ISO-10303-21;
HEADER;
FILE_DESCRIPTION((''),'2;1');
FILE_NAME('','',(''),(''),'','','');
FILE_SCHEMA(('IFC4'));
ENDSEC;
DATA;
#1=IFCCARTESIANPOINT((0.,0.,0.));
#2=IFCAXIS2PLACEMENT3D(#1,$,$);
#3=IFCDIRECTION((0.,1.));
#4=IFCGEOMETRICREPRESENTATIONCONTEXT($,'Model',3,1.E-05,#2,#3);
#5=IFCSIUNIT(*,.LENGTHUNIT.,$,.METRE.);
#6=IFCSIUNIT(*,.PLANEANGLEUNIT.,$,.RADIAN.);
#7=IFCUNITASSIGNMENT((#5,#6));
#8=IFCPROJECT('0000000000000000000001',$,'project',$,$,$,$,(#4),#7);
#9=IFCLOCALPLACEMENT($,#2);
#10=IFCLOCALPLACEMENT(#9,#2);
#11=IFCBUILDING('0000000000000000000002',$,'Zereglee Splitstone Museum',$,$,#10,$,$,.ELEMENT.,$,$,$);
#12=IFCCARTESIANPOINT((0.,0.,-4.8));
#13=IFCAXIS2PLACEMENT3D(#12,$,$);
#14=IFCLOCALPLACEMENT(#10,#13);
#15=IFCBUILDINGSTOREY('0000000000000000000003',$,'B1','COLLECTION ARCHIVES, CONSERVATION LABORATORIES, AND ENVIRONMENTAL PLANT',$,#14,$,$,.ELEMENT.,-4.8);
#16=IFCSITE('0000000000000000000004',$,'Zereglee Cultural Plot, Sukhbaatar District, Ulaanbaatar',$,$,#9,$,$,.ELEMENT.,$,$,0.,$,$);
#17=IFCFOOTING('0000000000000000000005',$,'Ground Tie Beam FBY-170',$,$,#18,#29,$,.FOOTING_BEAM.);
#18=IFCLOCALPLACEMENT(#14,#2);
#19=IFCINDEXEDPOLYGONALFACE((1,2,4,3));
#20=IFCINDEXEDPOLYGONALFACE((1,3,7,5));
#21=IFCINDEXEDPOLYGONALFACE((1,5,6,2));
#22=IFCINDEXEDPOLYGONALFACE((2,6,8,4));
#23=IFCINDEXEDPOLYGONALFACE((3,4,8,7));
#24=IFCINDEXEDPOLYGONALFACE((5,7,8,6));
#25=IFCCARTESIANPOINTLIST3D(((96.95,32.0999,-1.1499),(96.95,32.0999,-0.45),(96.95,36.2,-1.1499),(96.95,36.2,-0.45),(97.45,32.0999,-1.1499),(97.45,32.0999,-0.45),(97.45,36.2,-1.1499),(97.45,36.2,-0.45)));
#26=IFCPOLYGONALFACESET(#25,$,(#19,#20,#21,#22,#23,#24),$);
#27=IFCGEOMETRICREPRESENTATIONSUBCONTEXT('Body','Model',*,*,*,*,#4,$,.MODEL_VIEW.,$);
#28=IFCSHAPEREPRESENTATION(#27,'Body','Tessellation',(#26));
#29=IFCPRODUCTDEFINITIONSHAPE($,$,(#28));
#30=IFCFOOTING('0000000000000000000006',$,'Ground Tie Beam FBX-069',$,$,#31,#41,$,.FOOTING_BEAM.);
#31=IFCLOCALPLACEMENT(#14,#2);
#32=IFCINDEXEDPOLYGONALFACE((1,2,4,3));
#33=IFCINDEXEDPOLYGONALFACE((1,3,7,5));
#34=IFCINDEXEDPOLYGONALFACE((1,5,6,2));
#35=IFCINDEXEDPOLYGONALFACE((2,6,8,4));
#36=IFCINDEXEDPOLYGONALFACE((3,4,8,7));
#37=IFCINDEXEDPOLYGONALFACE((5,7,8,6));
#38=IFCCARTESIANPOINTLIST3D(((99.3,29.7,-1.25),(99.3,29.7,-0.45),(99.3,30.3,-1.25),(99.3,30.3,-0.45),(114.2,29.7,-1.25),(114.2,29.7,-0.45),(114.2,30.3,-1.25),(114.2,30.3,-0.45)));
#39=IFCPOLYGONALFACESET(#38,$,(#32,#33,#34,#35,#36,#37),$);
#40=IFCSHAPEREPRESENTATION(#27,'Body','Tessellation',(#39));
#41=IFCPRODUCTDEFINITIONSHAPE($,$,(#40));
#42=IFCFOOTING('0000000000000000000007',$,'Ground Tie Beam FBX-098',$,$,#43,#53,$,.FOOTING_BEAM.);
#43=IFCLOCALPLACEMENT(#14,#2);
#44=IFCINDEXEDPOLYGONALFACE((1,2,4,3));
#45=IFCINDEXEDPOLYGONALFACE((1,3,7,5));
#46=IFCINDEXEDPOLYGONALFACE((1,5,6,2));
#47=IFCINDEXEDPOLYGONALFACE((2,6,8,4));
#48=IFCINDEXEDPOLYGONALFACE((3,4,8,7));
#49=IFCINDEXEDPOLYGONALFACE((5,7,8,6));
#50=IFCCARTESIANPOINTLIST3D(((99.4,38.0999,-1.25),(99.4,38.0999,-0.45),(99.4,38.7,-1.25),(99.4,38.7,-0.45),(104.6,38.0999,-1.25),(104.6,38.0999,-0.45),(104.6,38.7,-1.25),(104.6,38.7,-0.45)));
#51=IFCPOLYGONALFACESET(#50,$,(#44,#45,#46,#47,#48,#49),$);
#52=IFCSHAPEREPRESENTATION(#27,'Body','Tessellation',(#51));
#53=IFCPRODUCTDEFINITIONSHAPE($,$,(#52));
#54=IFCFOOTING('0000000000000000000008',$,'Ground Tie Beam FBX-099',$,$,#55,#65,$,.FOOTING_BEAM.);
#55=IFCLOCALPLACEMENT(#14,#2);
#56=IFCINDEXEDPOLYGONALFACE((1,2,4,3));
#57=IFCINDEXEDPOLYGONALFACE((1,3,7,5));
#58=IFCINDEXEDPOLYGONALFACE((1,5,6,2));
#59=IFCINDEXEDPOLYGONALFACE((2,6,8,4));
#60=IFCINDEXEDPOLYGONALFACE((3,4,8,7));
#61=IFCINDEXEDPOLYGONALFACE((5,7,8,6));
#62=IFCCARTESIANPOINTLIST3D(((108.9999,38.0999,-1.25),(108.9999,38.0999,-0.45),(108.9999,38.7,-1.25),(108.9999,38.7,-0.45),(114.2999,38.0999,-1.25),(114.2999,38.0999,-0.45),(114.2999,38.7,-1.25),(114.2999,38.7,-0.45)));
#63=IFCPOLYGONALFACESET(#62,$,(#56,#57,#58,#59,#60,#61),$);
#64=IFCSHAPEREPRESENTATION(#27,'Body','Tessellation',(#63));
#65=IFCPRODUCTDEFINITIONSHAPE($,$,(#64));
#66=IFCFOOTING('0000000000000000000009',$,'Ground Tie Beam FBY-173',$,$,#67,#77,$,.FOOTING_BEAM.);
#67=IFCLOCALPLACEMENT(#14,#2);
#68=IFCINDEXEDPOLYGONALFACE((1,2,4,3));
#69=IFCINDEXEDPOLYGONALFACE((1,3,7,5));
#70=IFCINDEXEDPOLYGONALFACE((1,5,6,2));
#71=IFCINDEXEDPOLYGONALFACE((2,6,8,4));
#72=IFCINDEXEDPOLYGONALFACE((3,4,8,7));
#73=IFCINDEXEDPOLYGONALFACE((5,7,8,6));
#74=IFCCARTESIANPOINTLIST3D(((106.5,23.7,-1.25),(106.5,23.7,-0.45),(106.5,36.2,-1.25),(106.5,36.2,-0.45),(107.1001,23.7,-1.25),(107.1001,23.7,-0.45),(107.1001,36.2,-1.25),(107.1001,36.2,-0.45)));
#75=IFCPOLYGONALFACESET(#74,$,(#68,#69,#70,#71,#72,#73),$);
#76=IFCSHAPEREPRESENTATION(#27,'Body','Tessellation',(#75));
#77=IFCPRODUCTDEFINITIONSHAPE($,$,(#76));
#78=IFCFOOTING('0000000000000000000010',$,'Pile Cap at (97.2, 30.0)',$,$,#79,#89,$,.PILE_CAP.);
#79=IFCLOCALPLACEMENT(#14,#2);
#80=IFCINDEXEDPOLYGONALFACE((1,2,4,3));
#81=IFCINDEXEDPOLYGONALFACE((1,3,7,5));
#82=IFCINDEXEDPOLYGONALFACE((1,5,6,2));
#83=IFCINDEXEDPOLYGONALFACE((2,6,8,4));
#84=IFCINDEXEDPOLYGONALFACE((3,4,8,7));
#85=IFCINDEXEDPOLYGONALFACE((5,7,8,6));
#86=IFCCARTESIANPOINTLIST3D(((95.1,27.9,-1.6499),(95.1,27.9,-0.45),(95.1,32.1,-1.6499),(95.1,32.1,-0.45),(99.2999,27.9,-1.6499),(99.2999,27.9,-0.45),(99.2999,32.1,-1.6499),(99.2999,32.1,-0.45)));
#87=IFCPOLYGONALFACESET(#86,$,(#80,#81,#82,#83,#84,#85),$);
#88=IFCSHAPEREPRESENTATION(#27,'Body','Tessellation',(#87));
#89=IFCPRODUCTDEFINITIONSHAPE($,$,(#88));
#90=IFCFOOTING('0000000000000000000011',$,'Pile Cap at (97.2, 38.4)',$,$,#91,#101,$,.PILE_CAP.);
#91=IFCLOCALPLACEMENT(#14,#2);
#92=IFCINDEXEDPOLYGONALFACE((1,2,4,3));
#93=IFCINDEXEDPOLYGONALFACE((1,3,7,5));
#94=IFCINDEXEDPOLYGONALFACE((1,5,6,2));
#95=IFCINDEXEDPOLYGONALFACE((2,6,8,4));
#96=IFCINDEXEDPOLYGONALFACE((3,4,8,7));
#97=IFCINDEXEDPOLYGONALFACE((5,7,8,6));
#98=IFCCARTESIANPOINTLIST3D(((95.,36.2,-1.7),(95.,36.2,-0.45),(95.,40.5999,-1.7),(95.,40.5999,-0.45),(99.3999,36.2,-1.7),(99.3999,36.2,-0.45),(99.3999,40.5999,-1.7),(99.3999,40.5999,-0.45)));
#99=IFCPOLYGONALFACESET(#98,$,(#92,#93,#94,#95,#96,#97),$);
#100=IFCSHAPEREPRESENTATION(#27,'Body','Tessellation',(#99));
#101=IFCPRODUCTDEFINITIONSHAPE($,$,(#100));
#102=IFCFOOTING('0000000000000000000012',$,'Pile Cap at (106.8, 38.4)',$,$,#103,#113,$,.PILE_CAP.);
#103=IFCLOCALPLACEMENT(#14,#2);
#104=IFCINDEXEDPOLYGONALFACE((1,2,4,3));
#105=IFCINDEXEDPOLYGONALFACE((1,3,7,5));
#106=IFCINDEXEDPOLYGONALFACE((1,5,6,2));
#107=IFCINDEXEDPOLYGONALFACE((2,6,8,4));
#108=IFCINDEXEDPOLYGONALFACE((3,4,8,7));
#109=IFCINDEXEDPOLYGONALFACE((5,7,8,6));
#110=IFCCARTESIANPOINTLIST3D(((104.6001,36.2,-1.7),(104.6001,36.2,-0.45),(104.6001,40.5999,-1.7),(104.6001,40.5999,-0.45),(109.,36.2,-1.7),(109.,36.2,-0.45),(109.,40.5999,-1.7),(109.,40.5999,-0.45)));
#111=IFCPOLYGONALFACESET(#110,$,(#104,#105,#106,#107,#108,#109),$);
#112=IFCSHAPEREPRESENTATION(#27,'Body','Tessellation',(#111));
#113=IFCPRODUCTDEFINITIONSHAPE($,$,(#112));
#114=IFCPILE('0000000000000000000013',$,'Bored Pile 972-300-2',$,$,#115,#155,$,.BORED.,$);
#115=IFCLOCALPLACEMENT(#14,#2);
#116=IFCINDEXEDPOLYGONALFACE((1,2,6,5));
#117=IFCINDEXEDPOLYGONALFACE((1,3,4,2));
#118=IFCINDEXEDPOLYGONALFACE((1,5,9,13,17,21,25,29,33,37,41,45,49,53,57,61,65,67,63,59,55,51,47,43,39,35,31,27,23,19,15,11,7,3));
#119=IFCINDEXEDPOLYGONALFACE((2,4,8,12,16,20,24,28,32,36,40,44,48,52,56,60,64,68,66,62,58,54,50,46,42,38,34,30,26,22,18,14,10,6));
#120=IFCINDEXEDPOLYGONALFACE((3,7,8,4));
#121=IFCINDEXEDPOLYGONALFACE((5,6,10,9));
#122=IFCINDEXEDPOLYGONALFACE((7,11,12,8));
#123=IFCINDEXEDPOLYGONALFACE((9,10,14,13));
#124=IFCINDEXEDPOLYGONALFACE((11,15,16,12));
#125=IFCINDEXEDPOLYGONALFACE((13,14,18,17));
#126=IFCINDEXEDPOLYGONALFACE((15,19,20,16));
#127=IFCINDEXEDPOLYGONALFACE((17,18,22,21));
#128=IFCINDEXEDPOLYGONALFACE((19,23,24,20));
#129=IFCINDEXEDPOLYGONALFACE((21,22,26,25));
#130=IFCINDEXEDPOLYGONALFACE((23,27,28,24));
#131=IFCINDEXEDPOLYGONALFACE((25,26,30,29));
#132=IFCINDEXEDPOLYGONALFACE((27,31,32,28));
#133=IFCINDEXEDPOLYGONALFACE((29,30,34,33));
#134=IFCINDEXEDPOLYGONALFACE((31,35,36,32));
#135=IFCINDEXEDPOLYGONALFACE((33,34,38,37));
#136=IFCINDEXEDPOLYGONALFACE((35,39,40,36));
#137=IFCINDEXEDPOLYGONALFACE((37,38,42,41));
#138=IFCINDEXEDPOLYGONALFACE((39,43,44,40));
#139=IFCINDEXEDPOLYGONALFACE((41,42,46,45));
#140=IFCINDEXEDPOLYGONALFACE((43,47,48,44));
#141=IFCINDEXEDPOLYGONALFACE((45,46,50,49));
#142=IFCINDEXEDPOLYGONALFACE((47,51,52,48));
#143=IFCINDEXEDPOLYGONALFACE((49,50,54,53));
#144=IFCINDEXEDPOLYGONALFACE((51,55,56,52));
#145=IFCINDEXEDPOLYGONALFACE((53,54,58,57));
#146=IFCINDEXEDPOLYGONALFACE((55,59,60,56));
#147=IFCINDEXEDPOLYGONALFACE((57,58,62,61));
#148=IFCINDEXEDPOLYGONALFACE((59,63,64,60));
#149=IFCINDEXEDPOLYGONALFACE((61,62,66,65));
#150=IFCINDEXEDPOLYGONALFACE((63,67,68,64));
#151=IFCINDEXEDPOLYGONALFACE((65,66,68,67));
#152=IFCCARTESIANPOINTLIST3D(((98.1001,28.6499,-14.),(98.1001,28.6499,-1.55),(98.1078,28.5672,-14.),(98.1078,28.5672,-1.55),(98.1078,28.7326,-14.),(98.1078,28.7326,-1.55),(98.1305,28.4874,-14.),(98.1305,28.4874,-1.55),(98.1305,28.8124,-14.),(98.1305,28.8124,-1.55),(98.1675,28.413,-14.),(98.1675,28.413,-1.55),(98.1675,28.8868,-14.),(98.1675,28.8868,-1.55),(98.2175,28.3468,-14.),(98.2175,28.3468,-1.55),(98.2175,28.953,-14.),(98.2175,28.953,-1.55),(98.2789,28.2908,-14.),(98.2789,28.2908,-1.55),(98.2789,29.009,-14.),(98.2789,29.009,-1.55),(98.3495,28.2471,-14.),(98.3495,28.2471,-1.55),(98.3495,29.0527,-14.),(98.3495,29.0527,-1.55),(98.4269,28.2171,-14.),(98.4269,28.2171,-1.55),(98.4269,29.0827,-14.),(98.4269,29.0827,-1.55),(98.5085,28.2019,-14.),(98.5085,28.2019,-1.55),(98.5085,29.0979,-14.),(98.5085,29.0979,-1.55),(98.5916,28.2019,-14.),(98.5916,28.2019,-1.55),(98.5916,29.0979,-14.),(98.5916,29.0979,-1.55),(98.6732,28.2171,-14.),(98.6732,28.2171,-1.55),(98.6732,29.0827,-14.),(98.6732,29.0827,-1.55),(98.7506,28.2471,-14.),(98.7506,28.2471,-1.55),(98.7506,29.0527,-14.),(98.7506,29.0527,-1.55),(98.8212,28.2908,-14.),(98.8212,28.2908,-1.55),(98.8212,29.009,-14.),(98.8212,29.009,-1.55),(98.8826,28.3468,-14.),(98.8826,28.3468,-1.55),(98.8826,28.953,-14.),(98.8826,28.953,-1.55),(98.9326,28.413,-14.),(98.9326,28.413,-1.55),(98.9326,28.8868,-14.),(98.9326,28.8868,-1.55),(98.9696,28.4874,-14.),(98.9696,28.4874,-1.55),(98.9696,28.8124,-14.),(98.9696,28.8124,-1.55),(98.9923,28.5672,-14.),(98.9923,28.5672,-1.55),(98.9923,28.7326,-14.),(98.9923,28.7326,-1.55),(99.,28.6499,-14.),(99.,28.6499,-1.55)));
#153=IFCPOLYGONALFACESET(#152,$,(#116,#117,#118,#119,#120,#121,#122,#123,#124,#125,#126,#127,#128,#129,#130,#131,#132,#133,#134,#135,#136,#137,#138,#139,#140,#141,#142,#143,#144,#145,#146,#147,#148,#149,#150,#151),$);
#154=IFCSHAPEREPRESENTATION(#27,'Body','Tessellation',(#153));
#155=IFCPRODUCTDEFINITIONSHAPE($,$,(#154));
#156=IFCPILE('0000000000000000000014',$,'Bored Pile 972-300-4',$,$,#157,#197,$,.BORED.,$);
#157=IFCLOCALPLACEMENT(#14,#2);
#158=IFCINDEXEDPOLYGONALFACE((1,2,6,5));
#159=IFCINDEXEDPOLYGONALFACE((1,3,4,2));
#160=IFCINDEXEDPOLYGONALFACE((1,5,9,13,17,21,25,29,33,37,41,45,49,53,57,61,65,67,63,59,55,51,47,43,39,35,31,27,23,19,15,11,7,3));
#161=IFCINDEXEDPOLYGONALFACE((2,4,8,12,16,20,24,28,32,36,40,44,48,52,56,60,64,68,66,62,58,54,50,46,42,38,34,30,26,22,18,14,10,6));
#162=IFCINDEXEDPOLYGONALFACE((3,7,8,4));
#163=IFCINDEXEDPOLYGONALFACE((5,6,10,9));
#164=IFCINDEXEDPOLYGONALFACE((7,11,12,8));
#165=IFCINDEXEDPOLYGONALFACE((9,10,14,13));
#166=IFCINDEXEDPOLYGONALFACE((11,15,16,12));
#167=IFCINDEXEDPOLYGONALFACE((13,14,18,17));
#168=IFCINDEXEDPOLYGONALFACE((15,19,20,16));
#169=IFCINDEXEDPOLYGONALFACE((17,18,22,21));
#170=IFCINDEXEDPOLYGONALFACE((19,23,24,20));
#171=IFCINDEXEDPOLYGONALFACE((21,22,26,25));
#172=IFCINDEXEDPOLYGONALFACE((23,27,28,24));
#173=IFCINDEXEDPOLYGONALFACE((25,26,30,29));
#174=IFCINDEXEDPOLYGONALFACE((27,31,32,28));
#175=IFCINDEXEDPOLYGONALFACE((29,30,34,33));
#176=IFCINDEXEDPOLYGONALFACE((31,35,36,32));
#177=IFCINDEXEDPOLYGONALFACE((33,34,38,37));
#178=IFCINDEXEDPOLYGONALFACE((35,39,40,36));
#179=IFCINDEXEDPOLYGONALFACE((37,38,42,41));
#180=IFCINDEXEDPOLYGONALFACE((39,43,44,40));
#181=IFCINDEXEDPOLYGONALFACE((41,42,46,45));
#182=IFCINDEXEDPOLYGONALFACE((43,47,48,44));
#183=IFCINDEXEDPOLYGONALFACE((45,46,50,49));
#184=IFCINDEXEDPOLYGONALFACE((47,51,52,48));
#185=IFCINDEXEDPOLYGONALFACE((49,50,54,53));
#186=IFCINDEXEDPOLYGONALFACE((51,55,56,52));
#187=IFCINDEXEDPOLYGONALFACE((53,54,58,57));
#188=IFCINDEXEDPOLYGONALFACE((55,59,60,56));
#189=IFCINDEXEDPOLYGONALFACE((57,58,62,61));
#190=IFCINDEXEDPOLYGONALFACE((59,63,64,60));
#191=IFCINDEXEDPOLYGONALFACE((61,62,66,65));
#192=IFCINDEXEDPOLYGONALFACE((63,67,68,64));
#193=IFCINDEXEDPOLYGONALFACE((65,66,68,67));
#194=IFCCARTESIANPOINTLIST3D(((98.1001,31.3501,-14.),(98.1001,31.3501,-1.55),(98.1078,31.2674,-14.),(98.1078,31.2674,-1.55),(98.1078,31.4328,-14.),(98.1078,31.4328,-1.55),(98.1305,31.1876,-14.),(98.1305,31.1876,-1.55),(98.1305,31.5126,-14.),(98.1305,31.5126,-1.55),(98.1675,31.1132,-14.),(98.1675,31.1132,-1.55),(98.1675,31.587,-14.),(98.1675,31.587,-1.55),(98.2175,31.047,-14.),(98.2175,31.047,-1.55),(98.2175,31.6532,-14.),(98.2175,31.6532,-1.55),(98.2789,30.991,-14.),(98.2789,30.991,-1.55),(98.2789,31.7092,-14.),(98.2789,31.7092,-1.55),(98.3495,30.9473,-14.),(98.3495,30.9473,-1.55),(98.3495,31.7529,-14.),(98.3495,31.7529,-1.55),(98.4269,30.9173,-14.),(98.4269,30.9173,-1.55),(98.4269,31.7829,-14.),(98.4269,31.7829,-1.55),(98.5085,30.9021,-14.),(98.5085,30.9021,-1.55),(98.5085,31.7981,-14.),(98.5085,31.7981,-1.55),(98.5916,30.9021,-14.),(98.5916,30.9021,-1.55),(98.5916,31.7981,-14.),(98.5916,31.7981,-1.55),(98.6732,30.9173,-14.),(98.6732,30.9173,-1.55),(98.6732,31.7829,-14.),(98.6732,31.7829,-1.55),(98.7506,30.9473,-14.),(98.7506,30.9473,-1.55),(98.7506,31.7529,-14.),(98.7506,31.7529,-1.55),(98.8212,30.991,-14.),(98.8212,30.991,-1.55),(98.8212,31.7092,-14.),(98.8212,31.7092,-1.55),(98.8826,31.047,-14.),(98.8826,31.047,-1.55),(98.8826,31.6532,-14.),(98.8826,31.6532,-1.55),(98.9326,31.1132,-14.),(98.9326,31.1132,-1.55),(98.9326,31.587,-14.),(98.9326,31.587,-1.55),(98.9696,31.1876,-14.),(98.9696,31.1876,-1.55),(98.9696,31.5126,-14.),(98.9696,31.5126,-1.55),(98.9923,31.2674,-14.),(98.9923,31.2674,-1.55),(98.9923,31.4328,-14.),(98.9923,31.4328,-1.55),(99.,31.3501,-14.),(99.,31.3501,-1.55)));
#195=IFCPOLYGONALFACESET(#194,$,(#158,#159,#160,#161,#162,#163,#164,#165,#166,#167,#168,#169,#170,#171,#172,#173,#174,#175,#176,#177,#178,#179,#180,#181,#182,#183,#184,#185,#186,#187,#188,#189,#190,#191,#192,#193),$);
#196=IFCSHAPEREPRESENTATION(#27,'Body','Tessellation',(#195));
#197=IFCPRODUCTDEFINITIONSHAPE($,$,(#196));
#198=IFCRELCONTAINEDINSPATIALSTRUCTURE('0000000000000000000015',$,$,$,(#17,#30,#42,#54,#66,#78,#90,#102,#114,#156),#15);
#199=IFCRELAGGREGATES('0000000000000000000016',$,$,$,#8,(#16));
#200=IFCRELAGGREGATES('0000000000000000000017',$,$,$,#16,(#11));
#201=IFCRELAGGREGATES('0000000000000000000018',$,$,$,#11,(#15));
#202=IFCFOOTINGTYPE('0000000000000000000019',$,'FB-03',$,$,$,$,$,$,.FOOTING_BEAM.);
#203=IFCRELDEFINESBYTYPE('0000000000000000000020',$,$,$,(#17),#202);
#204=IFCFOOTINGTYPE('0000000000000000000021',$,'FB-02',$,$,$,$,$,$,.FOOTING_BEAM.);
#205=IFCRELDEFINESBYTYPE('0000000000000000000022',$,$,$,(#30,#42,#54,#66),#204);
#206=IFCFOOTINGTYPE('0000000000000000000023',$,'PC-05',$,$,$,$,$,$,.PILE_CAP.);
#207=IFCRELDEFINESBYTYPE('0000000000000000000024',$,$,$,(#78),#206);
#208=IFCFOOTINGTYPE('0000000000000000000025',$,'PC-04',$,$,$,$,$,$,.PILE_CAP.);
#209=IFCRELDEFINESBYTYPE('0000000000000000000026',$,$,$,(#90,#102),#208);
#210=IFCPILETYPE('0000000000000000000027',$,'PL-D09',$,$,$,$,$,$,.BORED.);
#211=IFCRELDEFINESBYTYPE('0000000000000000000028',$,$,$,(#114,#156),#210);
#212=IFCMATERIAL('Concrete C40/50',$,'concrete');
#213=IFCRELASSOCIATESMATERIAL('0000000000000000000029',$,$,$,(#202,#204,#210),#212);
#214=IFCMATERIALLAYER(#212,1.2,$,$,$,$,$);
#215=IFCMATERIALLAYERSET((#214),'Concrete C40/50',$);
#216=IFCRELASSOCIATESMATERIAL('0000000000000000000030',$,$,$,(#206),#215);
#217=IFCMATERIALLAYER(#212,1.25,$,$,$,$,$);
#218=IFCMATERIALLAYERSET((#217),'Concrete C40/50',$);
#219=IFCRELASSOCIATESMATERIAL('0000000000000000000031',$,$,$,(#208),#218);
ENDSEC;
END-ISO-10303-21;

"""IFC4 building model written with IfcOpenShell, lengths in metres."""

from ifc_helpers import new_model, si_unit, direction, frame, origin, origin_2d, place, context, subcontext, project, spatial, rectangle, circle, extrude, material, layer, layer_set, material_profile, profile_set, type_object, element, save


model = new_model("IFC4")

# Units and contexts
model_context = context("Model", 3, precision=1e-05, world=origin(), true_north=direction((0.0, 1.0)))
body_context = subcontext(model_context, "Body", "Model", "MODEL_VIEW")
ifc_project = project(units=[si_unit("LENGTHUNIT", "METRE"), si_unit("PLANEANGLEUNIT", "RADIAN")], contexts=[model_context])

# Site, building, storey
site_placement = place(None, origin())
site = spatial("IfcSite", under=ifc_project, at=site_placement, Name="Zereglee Cultural Plot, Sukhbaatar District, Ulaanbaatar", CompositionType="ELEMENT", RefElevation=0.0)
building_placement = place(site_placement, origin())
building = spatial("IfcBuilding", under=site, at=building_placement, Name="Zereglee Splitstone Museum", CompositionType="ELEMENT")
storey_placement = place(building_placement, frame((0.0, 0.0, -4.8)))
storey = spatial("IfcBuildingStorey", under=building, at=storey_placement, Name="B1", Description="COLLECTION ARCHIVES, CONSERVATION LABORATORIES, AND ENVIRONMENTAL PLANT", CompositionType="ELEMENT", Elevation=-4.8)

# Footings
ifc_material_1 = material(Name="Concrete C40/50", Category="concrete")
footing_type_1 = type_object("IfcFootingType", Name="FB-03", PredefinedType="FOOTING_BEAM", material=ifc_material_1)
footing_1_placement = place(storey_placement, frame((97.2, 34.1499, -1.1499), z_axis=(0.0, 0.0, 1.0), x_axis=(0.0, 1.0, 0.0)))
element("IfcFooting", 1, at=footing_1_placement, inside=storey, type_object=footing_type_1, Name="Ground Tie Beam FBY-170", PredefinedType="FOOTING_BEAM", context=body_context, shape_type="SweptSolid", body=[
    extrude(rectangle(XDim=4.1001, YDim=0.5, at=origin_2d()), origin(), (0.0, 0.0, 1.0), 0.7),
])
footing_type_2 = type_object("IfcFootingType", Name="FB-02", PredefinedType="FOOTING_BEAM", material=ifc_material_1)
footing_2_placement = place(storey_placement, frame((106.75, 30.0, -1.25), z_axis=(0.0, 0.0, 1.0), x_axis=(1.0, 0.0, 0.0)))
element("IfcFooting", 2, at=footing_2_placement, inside=storey, type_object=footing_type_2, Name="Ground Tie Beam FBX-069", PredefinedType="FOOTING_BEAM", context=body_context, shape_type="SweptSolid", body=[
    extrude(rectangle(XDim=14.8999, YDim=0.6001, at=origin_2d()), origin(), (0.0, 0.0, 1.0), 0.8),
])
footing_3_placement = place(storey_placement, frame((102.0, 38.3999, -1.25), z_axis=(0.0, 0.0, 1.0), x_axis=(1.0, 0.0, 0.0)))
element("IfcFooting", 3, at=footing_3_placement, inside=storey, type_object=footing_type_2, Name="Ground Tie Beam FBX-098", PredefinedType="FOOTING_BEAM", context=body_context, shape_type="SweptSolid", body=[
    extrude(rectangle(XDim=5.2, YDim=0.6001, at=origin_2d()), origin(), (0.0, 0.0, 1.0), 0.8),
])
footing_4_placement = place(storey_placement, frame((111.6499, 38.3999, -1.25), z_axis=(0.0, 0.0, 1.0), x_axis=(1.0, 0.0, 0.0)))
element("IfcFooting", 4, at=footing_4_placement, inside=storey, type_object=footing_type_2, Name="Ground Tie Beam FBX-099", PredefinedType="FOOTING_BEAM", context=body_context, shape_type="SweptSolid", body=[
    extrude(rectangle(XDim=5.3, YDim=0.6001, at=origin_2d()), origin(), (0.0, 0.0, 1.0), 0.8),
])
footing_5_placement = place(storey_placement, frame((106.8, 29.95, -1.25), z_axis=(0.0, 0.0, 1.0), x_axis=(0.0, 1.0, 0.0)))
element("IfcFooting", 5, at=footing_5_placement, inside=storey, type_object=footing_type_2, Name="Ground Tie Beam FBY-173", PredefinedType="FOOTING_BEAM", context=body_context, shape_type="SweptSolid", body=[
    extrude(rectangle(XDim=12.5, YDim=0.6001, at=origin_2d()), origin(), (0.0, 0.0, 1.0), 0.8),
])
ifc_layer_1 = layer(ifc_material_1, 1.2)
ifc_layer_set_1 = layer_set([ifc_layer_1], Name="Concrete C40/50")
footing_type_3 = type_object("IfcFootingType", Name="PC-05", PredefinedType="PILE_CAP", material=ifc_layer_set_1)
footing_6_placement = place(storey_placement, frame((97.2, 30.0, -1.6499), z_axis=(0.0, 0.0, 1.0), x_axis=(1.0, 0.0, 0.0)))
element("IfcFooting", 6, at=footing_6_placement, inside=storey, type_object=footing_type_3, Name="Pile Cap at (97.2, 30.0)", PredefinedType="PILE_CAP", context=body_context, shape_type="SweptSolid", body=[
    extrude(rectangle(XDim=4.2, YDim=4.2, at=origin_2d()), origin(), (0.0, 0.0, 1.0), 1.2),
])
ifc_layer_2 = layer(ifc_material_1, 1.25)
ifc_layer_set_2 = layer_set([ifc_layer_2], Name="Concrete C40/50")
footing_type_4 = type_object("IfcFootingType", Name="PC-04", PredefinedType="PILE_CAP", material=ifc_layer_set_2)
for number, where, z_axis, x_axis, name in (
    (7, (97.2, 38.3999, -1.7), (0.0, 0.0, 1.0), (1.0, 0.0, 0.0), "Pile Cap at (97.2, 38.4)"),
    (8, (106.8, 38.3999, -1.7), (0.0, 0.0, 1.0), (1.0, 0.0, 0.0), "Pile Cap at (106.8, 38.4)"),
):
    element("IfcFooting", number, at=place(storey_placement, frame(where, z_axis=z_axis, x_axis=x_axis)), inside=storey, type_object=footing_type_4, Name=name, PredefinedType="PILE_CAP", context=body_context, shape_type="SweptSolid", body=[
        extrude(rectangle(XDim=4.3999, YDim=4.3999, at=origin_2d()), origin(), (0.0, 0.0, 1.0), 1.25),
    ])

# Piles
ifc_material_profile_1 = material_profile(ifc_material_1, circle(Radius=0.45, at=origin_2d()), Name="PILE D900")
ifc_profile_set_1 = profile_set([ifc_material_profile_1], Name="Concrete C40/50")
pile_type = type_object("IfcPileType", Name="PL-D09", PredefinedType="BORED", material=ifc_profile_set_1)
for number, where, z_axis, x_axis, name in (
    (9, (98.55, 28.6499, -1.55), (0.0, 0.0, -1.0), (1.0, 0.0, 0.0), "Bored Pile 972-300-2"),
    (10, (98.55, 31.3501, -1.55), (0.0, 0.0, -1.0), (1.0, 0.0, 0.0), "Bored Pile 972-300-4"),
):
    element("IfcPile", number, at=place(storey_placement, frame(where, z_axis=z_axis, x_axis=x_axis)), inside=storey, type_object=pile_type, Name=name, PredefinedType="BORED", context=body_context, shape_type="SweptSolid", body=[
        extrude(circle(Radius=0.45, at=origin_2d()), origin(), (0.0, 0.0, 1.0), 12.45),
    ])

save(model, "model.ifc")
